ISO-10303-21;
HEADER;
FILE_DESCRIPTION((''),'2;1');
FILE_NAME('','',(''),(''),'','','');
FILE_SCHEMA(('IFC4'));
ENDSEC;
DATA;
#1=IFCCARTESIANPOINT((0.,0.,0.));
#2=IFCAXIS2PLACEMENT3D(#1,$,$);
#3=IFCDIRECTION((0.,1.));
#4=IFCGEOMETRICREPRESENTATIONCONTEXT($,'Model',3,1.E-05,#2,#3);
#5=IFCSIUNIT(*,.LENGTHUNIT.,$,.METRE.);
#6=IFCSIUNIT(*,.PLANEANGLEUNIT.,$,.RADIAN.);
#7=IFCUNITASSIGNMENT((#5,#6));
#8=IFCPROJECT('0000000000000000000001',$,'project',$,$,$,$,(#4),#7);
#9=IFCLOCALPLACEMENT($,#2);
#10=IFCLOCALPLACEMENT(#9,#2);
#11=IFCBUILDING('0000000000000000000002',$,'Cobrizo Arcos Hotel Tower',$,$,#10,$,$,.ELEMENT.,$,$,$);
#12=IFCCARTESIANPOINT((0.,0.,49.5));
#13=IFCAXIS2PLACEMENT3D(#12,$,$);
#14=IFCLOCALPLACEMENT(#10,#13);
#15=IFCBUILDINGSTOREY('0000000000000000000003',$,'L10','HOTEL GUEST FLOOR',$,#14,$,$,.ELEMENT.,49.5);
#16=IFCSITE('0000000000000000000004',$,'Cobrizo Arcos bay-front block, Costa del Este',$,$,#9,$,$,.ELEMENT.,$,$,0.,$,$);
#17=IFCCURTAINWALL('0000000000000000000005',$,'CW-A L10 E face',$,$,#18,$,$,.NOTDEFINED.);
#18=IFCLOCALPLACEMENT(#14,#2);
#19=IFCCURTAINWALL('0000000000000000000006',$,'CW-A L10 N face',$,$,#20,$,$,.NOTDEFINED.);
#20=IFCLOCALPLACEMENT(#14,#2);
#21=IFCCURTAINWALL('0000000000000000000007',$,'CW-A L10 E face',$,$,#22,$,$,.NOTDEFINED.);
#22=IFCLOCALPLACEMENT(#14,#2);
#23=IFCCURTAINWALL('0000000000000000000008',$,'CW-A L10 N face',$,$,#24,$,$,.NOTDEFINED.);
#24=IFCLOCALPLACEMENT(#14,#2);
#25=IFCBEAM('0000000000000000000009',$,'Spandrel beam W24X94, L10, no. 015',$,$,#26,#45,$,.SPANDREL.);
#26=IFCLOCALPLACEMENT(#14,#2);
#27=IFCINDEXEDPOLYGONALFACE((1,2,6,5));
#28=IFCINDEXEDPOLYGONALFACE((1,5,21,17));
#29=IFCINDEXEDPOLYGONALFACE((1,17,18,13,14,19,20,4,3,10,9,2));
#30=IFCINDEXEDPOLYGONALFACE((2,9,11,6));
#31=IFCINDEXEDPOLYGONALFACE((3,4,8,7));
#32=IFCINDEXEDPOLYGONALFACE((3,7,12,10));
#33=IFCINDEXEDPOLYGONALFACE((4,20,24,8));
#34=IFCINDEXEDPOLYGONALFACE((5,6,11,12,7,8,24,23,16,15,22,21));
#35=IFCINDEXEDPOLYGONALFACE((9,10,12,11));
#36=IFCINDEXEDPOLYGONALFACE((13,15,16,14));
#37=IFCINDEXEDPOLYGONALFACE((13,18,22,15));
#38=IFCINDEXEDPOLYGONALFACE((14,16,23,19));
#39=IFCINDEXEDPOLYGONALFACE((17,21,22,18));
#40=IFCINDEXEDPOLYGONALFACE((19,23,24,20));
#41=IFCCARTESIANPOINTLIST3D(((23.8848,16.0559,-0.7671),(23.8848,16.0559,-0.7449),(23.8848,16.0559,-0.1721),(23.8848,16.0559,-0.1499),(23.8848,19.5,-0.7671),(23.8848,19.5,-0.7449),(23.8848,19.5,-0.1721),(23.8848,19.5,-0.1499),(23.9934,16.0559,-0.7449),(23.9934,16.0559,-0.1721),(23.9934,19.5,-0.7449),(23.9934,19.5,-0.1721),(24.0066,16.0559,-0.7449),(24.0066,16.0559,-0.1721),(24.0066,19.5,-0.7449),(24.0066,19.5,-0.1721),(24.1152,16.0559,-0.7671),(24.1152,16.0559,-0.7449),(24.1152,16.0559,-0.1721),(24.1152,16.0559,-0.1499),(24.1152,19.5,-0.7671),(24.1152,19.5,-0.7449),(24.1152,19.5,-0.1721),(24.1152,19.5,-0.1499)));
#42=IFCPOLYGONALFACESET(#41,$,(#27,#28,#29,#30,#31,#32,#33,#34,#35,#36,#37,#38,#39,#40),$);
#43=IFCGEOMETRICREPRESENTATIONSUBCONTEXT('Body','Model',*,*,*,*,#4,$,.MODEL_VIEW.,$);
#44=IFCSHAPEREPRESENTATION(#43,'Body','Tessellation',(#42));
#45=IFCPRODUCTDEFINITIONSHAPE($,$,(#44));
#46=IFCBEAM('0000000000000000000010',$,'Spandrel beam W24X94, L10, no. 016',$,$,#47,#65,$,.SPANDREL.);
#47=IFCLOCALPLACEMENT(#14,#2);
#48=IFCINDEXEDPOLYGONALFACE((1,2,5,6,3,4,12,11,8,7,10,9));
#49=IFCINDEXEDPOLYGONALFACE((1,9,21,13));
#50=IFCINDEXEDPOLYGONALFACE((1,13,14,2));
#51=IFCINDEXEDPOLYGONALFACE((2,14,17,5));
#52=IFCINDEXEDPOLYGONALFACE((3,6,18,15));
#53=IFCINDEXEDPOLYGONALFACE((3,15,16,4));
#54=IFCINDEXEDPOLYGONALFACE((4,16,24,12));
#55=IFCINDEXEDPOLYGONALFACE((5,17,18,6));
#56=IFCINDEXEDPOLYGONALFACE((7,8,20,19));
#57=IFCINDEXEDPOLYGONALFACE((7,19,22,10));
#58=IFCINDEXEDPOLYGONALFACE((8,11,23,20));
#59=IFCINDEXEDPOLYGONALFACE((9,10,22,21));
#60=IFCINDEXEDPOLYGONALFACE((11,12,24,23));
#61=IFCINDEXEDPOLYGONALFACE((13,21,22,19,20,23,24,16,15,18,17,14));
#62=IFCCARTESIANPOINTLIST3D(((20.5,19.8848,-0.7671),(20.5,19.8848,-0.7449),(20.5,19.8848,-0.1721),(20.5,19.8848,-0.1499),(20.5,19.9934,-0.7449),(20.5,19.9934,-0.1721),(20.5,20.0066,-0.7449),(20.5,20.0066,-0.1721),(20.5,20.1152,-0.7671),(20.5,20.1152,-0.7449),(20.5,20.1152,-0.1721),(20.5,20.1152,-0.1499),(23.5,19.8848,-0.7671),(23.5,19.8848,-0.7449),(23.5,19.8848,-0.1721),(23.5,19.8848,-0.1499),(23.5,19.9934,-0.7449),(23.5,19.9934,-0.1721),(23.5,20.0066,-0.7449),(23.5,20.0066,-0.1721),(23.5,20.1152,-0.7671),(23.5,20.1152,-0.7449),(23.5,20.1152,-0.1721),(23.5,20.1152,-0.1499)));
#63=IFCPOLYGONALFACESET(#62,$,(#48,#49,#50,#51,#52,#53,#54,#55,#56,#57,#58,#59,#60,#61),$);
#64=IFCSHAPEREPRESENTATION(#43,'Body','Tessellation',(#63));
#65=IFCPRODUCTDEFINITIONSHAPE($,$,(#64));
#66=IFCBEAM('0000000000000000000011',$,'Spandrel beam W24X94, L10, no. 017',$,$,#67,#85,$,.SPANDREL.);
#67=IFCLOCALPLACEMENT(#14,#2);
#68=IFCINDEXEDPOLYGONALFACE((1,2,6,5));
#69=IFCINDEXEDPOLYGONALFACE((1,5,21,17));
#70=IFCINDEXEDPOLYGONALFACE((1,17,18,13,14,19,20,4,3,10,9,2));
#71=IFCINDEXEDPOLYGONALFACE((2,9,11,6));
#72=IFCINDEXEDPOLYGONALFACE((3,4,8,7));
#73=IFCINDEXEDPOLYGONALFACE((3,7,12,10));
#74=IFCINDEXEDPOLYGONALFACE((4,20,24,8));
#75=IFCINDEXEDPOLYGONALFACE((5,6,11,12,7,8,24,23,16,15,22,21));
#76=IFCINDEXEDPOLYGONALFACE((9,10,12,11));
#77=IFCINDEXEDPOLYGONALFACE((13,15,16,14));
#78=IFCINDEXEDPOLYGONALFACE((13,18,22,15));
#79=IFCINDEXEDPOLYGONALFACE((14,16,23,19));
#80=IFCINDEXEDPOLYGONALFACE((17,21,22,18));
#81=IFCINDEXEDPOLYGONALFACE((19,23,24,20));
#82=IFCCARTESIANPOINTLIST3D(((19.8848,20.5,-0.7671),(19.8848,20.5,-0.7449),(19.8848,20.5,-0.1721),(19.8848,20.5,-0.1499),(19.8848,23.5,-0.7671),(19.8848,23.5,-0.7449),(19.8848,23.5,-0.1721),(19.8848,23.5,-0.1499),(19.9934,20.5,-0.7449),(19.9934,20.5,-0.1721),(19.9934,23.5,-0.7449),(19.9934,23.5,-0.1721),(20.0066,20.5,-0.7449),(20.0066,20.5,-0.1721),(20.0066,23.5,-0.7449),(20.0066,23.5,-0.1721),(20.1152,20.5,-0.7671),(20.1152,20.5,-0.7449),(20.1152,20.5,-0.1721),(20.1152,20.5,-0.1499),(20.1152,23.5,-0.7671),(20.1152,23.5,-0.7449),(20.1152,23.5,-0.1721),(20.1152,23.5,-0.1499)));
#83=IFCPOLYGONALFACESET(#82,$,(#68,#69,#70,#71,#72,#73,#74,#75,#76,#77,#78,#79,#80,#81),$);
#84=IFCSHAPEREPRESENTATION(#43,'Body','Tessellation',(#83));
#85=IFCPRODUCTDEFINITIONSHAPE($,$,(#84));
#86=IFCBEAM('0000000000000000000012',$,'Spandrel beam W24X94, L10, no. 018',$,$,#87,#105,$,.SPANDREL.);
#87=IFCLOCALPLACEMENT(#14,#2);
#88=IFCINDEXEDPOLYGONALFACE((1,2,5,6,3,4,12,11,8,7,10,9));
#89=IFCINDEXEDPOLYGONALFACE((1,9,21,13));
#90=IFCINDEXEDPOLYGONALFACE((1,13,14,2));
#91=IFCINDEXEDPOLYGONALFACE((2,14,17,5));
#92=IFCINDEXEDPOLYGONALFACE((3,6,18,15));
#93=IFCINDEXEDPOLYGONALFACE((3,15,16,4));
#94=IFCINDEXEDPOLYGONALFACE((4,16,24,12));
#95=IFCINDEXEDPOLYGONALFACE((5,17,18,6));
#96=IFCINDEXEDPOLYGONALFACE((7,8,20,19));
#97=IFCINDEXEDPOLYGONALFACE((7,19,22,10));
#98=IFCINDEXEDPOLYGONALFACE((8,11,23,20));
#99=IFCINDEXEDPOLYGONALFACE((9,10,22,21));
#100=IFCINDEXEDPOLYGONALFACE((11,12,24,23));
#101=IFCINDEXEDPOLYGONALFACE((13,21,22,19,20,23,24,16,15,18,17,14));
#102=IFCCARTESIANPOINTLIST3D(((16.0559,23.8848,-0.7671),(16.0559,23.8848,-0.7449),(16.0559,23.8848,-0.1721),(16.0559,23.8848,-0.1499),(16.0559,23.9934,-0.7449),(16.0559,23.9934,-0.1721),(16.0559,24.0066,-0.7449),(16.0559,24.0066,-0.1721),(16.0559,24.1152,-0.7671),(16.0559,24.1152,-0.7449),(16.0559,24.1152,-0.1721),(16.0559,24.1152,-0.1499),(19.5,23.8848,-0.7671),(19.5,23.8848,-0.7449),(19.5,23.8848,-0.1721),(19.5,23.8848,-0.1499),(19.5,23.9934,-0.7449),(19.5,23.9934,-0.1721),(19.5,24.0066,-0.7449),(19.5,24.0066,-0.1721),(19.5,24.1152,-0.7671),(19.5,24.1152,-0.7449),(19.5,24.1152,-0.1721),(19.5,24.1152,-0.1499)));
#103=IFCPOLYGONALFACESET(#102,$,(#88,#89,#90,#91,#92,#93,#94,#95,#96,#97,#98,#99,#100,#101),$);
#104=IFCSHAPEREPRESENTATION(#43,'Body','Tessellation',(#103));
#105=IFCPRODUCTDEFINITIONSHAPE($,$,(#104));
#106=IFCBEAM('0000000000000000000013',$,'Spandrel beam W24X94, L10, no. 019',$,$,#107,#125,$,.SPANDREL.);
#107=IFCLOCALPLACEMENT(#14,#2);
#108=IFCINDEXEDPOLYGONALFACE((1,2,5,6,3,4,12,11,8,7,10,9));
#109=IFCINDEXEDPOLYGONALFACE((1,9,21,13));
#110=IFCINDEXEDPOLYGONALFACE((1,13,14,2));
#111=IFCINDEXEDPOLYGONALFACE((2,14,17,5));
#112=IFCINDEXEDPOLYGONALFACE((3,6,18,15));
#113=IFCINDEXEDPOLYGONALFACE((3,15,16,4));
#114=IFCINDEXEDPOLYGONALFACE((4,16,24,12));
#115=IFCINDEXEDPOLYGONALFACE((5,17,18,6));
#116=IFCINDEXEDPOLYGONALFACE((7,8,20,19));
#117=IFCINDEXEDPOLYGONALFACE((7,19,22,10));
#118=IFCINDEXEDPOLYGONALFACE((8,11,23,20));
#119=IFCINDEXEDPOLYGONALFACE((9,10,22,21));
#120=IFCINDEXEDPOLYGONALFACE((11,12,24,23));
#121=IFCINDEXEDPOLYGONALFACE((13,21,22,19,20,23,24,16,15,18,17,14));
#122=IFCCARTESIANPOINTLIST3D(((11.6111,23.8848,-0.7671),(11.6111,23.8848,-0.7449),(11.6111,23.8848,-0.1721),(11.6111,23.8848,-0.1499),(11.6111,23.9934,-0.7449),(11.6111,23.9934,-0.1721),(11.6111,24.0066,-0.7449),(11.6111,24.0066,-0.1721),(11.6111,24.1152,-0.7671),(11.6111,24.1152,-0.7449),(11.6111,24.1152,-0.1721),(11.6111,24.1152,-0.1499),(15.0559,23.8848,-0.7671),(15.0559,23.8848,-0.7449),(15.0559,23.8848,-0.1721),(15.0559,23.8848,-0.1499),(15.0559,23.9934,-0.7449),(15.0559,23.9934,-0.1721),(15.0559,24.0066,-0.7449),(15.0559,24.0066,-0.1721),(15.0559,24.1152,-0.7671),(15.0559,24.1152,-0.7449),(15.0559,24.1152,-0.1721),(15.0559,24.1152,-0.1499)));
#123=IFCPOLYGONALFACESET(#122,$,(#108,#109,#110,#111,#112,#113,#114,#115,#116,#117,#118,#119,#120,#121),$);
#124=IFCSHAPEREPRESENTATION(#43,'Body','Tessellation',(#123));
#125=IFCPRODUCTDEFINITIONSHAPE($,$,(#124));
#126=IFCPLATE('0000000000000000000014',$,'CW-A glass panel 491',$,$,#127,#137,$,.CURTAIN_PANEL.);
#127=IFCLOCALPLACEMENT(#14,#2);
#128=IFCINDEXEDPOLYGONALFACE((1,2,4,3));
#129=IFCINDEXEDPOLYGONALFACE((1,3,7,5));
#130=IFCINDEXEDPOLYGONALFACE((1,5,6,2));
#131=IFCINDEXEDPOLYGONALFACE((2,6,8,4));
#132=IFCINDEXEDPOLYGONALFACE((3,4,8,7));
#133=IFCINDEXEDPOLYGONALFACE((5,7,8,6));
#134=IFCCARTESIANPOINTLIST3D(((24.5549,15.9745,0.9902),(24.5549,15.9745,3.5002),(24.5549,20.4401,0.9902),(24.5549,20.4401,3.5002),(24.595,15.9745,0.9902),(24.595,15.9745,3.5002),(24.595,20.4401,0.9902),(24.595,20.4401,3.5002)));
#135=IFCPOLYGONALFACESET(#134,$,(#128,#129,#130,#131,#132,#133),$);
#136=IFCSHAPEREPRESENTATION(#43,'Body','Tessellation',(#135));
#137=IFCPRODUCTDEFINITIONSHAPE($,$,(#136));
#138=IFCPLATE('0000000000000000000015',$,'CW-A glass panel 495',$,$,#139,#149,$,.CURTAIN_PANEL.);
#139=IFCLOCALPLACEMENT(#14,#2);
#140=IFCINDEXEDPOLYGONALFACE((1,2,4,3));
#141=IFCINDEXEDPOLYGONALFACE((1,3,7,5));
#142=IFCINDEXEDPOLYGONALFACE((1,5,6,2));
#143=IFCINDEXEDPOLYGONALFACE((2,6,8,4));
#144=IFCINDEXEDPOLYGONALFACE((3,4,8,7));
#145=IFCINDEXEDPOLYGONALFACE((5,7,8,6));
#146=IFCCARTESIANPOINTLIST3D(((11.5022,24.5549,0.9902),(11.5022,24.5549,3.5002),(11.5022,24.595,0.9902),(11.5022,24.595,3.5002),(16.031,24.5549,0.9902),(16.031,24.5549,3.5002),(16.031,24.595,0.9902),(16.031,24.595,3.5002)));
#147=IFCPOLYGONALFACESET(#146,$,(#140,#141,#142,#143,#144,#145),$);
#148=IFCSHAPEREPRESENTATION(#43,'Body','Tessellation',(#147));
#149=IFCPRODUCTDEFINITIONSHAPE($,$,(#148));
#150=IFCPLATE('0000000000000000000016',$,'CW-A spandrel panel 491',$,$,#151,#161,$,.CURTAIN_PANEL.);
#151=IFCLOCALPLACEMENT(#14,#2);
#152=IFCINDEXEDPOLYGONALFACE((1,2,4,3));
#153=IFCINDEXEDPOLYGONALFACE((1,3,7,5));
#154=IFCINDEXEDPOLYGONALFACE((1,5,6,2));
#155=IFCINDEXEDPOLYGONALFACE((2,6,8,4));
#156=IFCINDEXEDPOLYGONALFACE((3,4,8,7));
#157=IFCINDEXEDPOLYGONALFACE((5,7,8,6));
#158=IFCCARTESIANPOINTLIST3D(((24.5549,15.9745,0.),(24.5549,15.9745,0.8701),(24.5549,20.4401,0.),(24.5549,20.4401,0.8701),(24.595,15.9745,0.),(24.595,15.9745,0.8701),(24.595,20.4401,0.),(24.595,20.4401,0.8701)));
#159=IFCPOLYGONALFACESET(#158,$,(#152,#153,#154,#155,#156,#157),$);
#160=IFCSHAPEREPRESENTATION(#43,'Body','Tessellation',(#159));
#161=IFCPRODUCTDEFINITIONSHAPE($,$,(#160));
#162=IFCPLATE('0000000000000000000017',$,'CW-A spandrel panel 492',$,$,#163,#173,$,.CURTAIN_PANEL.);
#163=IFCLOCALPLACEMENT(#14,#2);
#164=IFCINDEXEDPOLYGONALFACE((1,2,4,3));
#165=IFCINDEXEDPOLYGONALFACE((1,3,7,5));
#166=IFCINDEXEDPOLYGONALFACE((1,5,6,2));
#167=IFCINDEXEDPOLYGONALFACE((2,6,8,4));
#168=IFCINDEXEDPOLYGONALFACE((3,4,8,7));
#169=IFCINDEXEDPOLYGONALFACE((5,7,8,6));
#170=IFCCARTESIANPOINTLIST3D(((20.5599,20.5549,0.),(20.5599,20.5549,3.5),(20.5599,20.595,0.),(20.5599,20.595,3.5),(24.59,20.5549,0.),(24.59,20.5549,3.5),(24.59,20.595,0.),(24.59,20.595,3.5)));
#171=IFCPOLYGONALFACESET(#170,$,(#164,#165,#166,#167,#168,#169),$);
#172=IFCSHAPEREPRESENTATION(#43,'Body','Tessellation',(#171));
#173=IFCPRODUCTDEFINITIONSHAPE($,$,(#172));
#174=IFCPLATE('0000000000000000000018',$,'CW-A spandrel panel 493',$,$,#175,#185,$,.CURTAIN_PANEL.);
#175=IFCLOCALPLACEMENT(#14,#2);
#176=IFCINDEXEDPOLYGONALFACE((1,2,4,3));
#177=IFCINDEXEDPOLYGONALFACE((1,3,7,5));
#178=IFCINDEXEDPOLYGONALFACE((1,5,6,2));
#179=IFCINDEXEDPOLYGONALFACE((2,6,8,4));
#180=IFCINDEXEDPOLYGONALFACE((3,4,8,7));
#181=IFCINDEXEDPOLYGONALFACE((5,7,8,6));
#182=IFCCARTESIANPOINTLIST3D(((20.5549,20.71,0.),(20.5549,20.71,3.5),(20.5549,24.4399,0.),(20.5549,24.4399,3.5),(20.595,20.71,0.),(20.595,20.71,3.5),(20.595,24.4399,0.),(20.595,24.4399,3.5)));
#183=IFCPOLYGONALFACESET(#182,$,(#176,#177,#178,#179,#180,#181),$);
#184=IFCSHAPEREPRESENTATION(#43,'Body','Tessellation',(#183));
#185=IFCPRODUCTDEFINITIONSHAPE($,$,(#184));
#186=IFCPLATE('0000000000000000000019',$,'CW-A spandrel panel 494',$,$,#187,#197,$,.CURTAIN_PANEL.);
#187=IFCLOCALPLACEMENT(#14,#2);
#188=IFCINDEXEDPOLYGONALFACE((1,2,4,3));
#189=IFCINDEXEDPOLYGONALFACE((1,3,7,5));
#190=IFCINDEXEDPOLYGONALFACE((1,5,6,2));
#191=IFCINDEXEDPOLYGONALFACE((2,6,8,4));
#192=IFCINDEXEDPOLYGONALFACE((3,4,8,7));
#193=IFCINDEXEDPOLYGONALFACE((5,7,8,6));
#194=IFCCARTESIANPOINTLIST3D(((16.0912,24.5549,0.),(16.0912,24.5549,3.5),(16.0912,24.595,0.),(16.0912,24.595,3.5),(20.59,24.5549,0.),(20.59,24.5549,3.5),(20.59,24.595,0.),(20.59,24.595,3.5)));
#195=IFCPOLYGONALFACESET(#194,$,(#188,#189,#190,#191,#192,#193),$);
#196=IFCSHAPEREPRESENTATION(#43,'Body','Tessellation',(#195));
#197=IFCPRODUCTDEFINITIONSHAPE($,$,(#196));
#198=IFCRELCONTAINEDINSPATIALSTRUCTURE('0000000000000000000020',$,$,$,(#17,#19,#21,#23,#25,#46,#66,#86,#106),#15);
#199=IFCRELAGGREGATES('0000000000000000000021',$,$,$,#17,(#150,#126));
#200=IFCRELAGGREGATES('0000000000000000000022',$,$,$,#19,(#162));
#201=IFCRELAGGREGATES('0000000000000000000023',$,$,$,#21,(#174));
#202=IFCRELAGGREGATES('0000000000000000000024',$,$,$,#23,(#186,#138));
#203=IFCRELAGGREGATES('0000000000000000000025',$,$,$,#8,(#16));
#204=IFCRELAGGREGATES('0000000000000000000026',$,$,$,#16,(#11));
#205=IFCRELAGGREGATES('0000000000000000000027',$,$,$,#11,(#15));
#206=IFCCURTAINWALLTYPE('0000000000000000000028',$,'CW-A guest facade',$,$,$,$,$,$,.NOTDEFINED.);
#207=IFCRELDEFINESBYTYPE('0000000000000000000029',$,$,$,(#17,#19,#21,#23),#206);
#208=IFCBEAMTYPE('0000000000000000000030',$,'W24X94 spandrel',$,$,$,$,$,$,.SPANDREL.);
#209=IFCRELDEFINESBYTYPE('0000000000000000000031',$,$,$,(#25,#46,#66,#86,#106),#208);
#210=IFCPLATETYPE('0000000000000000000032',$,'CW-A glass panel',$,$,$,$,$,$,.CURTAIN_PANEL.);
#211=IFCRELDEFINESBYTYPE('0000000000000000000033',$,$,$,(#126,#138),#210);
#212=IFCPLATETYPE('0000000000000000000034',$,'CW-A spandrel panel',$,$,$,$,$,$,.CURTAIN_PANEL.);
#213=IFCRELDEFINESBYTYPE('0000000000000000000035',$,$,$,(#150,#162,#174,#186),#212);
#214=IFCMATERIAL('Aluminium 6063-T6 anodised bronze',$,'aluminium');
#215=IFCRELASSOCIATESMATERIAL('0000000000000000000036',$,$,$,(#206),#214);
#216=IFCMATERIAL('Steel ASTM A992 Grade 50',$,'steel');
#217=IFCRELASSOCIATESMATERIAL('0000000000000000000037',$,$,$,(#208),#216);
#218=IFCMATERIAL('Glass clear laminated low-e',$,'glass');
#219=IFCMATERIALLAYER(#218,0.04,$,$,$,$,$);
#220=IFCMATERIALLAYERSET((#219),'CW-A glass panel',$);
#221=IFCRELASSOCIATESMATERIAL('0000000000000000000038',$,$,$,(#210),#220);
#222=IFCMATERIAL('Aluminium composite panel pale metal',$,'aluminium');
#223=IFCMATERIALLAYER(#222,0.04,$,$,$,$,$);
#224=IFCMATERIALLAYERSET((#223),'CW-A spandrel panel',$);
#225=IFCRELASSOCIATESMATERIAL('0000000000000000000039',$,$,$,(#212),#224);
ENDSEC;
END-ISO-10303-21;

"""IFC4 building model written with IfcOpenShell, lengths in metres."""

from ifc_helpers import new_model, si_unit, direction, frame, origin, origin_2d, place, context, subcontext, project, spatial, rectangle, i_section, extrude, material, layer, layer_set, material_profile, profile_set, type_object, element, aggregate, save


model = new_model("IFC4")

# Units and contexts
model_context = context("Model", 3, precision=1e-05, world=origin(), true_north=direction((0.0, 1.0)))
body_context = subcontext(model_context, "Body", "Model", "MODEL_VIEW")
ifc_project = project(units=[si_unit("LENGTHUNIT", "METRE"), si_unit("PLANEANGLEUNIT", "RADIAN")], contexts=[model_context])

# Site, building, storey
site_placement = place(None, origin())
site = spatial("IfcSite", under=ifc_project, at=site_placement, Name="Cobrizo Arcos bay-front block, Costa del Este", CompositionType="ELEMENT", RefElevation=0.0)
building_placement = place(site_placement, origin())
building = spatial("IfcBuilding", under=site, at=building_placement, Name="Cobrizo Arcos Hotel Tower", CompositionType="ELEMENT")
storey_placement = place(building_placement, frame((0.0, 0.0, 49.5)))
storey = spatial("IfcBuildingStorey", under=building, at=storey_placement, Name="L10", Description="HOTEL GUEST FLOOR", CompositionType="ELEMENT", Elevation=49.5)

# Curtain walls
ifc_material_1 = material(Name="Aluminium 6063-T6 anodised bronze", Category="aluminium")
curtain_wall_type = type_object("IfcCurtainWallType", Name="CW-A guest facade", PredefinedType="NOTDEFINED", material=ifc_material_1)
curtain_wall_1_placement = place(storey_placement, origin())
curtain_wall_1 = element("IfcCurtainWall", 1, at=curtain_wall_1_placement, inside=storey, type_object=curtain_wall_type, Name="CW-A L10 E face", PredefinedType="NOTDEFINED")
curtain_wall_2_placement = place(storey_placement, origin())
curtain_wall_2 = element("IfcCurtainWall", 2, at=curtain_wall_2_placement, inside=storey, type_object=curtain_wall_type, Name="CW-A L10 N face", PredefinedType="NOTDEFINED")
curtain_wall_3_placement = place(storey_placement, origin())
curtain_wall_3 = element("IfcCurtainWall", 3, at=curtain_wall_3_placement, inside=storey, type_object=curtain_wall_type, Name="CW-A L10 E face", PredefinedType="NOTDEFINED")
curtain_wall_4_placement = place(storey_placement, origin())
curtain_wall_4 = element("IfcCurtainWall", 4, at=curtain_wall_4_placement, inside=storey, type_object=curtain_wall_type, Name="CW-A L10 N face", PredefinedType="NOTDEFINED")

# Beams
ifc_material_2 = material(Name="Steel ASTM A992 Grade 50", Category="steel")
ifc_material_profile_1 = material_profile(ifc_material_2, i_section(OverallWidth=0.2305, OverallDepth=0.6172, WebThickness=0.0132, FlangeThickness=0.0222, at=origin_2d()), Name="W24X94")
ifc_profile_set_1 = profile_set([ifc_material_profile_1], Name="Steel ASTM A992 Grade 50")
beam_type = type_object("IfcBeamType", Name="W24X94 spandrel", PredefinedType="SPANDREL", material=ifc_profile_set_1)
beam_1_placement = place(storey_placement, frame((24.0, 16.0559, -0.4585), z_axis=(0.0, 1.0, 0.0), x_axis=(-1.0, 0.0, 0.0)))
element("IfcBeam", 5, at=beam_1_placement, inside=storey, type_object=beam_type, Name="Spandrel beam W24X94, L10, no. 015", PredefinedType="SPANDREL", context=body_context, shape_type="SweptSolid", body=[
    extrude(i_section(OverallWidth=0.2305, OverallDepth=0.6172, WebThickness=0.0132, FlangeThickness=0.0222, at=origin_2d()), origin(), (0.0, 0.0, 1.0), 3.4441),
])
for number, where, z_axis, x_axis, name in (
    (6, (23.5, 20.0, -0.4585), (-1.0, 0.0, 0.0), (0.0, -1.0, 0.0), "Spandrel beam W24X94, L10, no. 016"),
    (7, (20.0, 20.5, -0.4585), (0.0, 1.0, 0.0), (-1.0, 0.0, 0.0), "Spandrel beam W24X94, L10, no. 017"),
):
    element("IfcBeam", number, at=place(storey_placement, frame(where, z_axis=z_axis, x_axis=x_axis)), inside=storey, type_object=beam_type, Name=name, PredefinedType="SPANDREL", context=body_context, shape_type="SweptSolid", body=[
        extrude(i_section(OverallWidth=0.2305, OverallDepth=0.6172, WebThickness=0.0132, FlangeThickness=0.0222, at=origin_2d()), origin(), (0.0, 0.0, 1.0), 3.0),
    ])
beam_2_placement = place(storey_placement, frame((19.5, 24.0, -0.4585), z_axis=(-1.0, 0.0, 0.0), x_axis=(0.0, -1.0, 0.0)))
element("IfcBeam", 8, at=beam_2_placement, inside=storey, type_object=beam_type, Name="Spandrel beam W24X94, L10, no. 018", PredefinedType="SPANDREL", context=body_context, shape_type="SweptSolid", body=[
    extrude(i_section(OverallWidth=0.2305, OverallDepth=0.6172, WebThickness=0.0132, FlangeThickness=0.0222, at=origin_2d()), origin(), (0.0, 0.0, 1.0), 3.4441),
])
beam_3_placement = place(storey_placement, frame((15.0559, 24.0, -0.4585), z_axis=(-1.0, 0.0, 0.0), x_axis=(0.0, -1.0, 0.0)))
element("IfcBeam", 9, at=beam_3_placement, inside=storey, type_object=beam_type, Name="Spandrel beam W24X94, L10, no. 019", PredefinedType="SPANDREL", context=body_context, shape_type="SweptSolid", body=[
    extrude(i_section(OverallWidth=0.2305, OverallDepth=0.6172, WebThickness=0.0132, FlangeThickness=0.0222, at=origin_2d()), origin(), (0.0, 0.0, 1.0), 3.4448),
])

# Plates
ifc_material_3 = material(Name="Glass clear laminated low-e", Category="glass")
ifc_layer_1 = layer(ifc_material_3, 0.04)
ifc_layer_set_1 = layer_set([ifc_layer_1], Name="CW-A glass panel")
plate_type_1 = type_object("IfcPlateType", Name="CW-A glass panel", PredefinedType="CURTAIN_PANEL", material=ifc_layer_set_1)
plate_1_placement = place(storey_placement, frame((24.575, 18.2073, 0.9902), z_axis=(0.0, 0.0, 1.0), x_axis=(0.0, 1.0, 0.0)))
plate_1 = element("IfcPlate", 10, at=plate_1_placement, type_object=plate_type_1, Name="CW-A glass panel 491", PredefinedType="CURTAIN_PANEL", context=body_context, shape_type="SweptSolid", body=[
    extrude(rectangle(XDim=4.4656, YDim=0.04, at=origin_2d()), origin(), (0.0, 0.0, 1.0), 2.51),
])
plate_2_placement = place(storey_placement, frame((13.7666, 24.575, 0.9902), z_axis=(0.0, 0.0, 1.0), x_axis=(-1.0, 0.0, 0.0)))
plate_2 = element("IfcPlate", 11, at=plate_2_placement, type_object=plate_type_1, Name="CW-A glass panel 495", PredefinedType="CURTAIN_PANEL", context=body_context, shape_type="SweptSolid", body=[
    extrude(rectangle(XDim=4.5288, YDim=0.04, at=origin_2d()), origin(), (0.0, 0.0, 1.0), 2.51),
])
ifc_material_4 = material(Name="Aluminium composite panel pale metal", Category="aluminium")
ifc_layer_2 = layer(ifc_material_4, 0.04)
ifc_layer_set_2 = layer_set([ifc_layer_2], Name="CW-A spandrel panel")
plate_type_2 = type_object("IfcPlateType", Name="CW-A spandrel panel", PredefinedType="CURTAIN_PANEL", material=ifc_layer_set_2)
plate_3_placement = place(storey_placement, frame((24.575, 18.2073, 0.0), z_axis=(0.0, 0.0, 1.0), x_axis=(0.0, 1.0, 0.0)))
plate_3 = element("IfcPlate", 12, at=plate_3_placement, type_object=plate_type_2, Name="CW-A spandrel panel 491", PredefinedType="CURTAIN_PANEL", context=body_context, shape_type="SweptSolid", body=[
    extrude(rectangle(XDim=4.4656, YDim=0.04, at=origin_2d()), origin(), (0.0, 0.0, 1.0), 0.8701),
])
aggregate(curtain_wall_1, [plate_3, plate_1])
plate_4_placement = place(storey_placement, frame((22.575, 20.575, 0.0), z_axis=(0.0, 0.0, 1.0), x_axis=(-1.0, 0.0, 0.0)))
plate_4 = element("IfcPlate", 13, at=plate_4_placement, type_object=plate_type_2, Name="CW-A spandrel panel 492", PredefinedType="CURTAIN_PANEL", context=body_context, shape_type="SweptSolid", body=[
    extrude(rectangle(XDim=4.03, YDim=0.04, at=origin_2d()), origin(), (0.0, 0.0, 1.0), 3.5),
])
aggregate(curtain_wall_2, [plate_4])
plate_5_placement = place(storey_placement, frame((20.575, 22.575, 0.0), z_axis=(0.0, 0.0, 1.0), x_axis=(0.0, 1.0, 0.0)))
plate_5 = element("IfcPlate", 14, at=plate_5_placement, type_object=plate_type_2, Name="CW-A spandrel panel 493", PredefinedType="CURTAIN_PANEL", context=body_context, shape_type="SweptSolid", body=[
    extrude(rectangle(XDim=3.73, YDim=0.04, at=origin_2d()), origin(), (0.0, 0.0, 1.0), 3.5),
])
aggregate(curtain_wall_3, [plate_5])
plate_6_placement = place(storey_placement, frame((18.3406, 24.575, 0.0), z_axis=(0.0, 0.0, 1.0), x_axis=(-1.0, 0.0, 0.0)))
plate_6 = element("IfcPlate", 15, at=plate_6_placement, type_object=plate_type_2, Name="CW-A spandrel panel 494", PredefinedType="CURTAIN_PANEL", context=body_context, shape_type="SweptSolid", body=[
    extrude(rectangle(XDim=4.4988, YDim=0.04, at=origin_2d()), origin(), (0.0, 0.0, 1.0), 3.5),
])
aggregate(curtain_wall_4, [plate_6, plate_2])

save(model, "model.ifc")
